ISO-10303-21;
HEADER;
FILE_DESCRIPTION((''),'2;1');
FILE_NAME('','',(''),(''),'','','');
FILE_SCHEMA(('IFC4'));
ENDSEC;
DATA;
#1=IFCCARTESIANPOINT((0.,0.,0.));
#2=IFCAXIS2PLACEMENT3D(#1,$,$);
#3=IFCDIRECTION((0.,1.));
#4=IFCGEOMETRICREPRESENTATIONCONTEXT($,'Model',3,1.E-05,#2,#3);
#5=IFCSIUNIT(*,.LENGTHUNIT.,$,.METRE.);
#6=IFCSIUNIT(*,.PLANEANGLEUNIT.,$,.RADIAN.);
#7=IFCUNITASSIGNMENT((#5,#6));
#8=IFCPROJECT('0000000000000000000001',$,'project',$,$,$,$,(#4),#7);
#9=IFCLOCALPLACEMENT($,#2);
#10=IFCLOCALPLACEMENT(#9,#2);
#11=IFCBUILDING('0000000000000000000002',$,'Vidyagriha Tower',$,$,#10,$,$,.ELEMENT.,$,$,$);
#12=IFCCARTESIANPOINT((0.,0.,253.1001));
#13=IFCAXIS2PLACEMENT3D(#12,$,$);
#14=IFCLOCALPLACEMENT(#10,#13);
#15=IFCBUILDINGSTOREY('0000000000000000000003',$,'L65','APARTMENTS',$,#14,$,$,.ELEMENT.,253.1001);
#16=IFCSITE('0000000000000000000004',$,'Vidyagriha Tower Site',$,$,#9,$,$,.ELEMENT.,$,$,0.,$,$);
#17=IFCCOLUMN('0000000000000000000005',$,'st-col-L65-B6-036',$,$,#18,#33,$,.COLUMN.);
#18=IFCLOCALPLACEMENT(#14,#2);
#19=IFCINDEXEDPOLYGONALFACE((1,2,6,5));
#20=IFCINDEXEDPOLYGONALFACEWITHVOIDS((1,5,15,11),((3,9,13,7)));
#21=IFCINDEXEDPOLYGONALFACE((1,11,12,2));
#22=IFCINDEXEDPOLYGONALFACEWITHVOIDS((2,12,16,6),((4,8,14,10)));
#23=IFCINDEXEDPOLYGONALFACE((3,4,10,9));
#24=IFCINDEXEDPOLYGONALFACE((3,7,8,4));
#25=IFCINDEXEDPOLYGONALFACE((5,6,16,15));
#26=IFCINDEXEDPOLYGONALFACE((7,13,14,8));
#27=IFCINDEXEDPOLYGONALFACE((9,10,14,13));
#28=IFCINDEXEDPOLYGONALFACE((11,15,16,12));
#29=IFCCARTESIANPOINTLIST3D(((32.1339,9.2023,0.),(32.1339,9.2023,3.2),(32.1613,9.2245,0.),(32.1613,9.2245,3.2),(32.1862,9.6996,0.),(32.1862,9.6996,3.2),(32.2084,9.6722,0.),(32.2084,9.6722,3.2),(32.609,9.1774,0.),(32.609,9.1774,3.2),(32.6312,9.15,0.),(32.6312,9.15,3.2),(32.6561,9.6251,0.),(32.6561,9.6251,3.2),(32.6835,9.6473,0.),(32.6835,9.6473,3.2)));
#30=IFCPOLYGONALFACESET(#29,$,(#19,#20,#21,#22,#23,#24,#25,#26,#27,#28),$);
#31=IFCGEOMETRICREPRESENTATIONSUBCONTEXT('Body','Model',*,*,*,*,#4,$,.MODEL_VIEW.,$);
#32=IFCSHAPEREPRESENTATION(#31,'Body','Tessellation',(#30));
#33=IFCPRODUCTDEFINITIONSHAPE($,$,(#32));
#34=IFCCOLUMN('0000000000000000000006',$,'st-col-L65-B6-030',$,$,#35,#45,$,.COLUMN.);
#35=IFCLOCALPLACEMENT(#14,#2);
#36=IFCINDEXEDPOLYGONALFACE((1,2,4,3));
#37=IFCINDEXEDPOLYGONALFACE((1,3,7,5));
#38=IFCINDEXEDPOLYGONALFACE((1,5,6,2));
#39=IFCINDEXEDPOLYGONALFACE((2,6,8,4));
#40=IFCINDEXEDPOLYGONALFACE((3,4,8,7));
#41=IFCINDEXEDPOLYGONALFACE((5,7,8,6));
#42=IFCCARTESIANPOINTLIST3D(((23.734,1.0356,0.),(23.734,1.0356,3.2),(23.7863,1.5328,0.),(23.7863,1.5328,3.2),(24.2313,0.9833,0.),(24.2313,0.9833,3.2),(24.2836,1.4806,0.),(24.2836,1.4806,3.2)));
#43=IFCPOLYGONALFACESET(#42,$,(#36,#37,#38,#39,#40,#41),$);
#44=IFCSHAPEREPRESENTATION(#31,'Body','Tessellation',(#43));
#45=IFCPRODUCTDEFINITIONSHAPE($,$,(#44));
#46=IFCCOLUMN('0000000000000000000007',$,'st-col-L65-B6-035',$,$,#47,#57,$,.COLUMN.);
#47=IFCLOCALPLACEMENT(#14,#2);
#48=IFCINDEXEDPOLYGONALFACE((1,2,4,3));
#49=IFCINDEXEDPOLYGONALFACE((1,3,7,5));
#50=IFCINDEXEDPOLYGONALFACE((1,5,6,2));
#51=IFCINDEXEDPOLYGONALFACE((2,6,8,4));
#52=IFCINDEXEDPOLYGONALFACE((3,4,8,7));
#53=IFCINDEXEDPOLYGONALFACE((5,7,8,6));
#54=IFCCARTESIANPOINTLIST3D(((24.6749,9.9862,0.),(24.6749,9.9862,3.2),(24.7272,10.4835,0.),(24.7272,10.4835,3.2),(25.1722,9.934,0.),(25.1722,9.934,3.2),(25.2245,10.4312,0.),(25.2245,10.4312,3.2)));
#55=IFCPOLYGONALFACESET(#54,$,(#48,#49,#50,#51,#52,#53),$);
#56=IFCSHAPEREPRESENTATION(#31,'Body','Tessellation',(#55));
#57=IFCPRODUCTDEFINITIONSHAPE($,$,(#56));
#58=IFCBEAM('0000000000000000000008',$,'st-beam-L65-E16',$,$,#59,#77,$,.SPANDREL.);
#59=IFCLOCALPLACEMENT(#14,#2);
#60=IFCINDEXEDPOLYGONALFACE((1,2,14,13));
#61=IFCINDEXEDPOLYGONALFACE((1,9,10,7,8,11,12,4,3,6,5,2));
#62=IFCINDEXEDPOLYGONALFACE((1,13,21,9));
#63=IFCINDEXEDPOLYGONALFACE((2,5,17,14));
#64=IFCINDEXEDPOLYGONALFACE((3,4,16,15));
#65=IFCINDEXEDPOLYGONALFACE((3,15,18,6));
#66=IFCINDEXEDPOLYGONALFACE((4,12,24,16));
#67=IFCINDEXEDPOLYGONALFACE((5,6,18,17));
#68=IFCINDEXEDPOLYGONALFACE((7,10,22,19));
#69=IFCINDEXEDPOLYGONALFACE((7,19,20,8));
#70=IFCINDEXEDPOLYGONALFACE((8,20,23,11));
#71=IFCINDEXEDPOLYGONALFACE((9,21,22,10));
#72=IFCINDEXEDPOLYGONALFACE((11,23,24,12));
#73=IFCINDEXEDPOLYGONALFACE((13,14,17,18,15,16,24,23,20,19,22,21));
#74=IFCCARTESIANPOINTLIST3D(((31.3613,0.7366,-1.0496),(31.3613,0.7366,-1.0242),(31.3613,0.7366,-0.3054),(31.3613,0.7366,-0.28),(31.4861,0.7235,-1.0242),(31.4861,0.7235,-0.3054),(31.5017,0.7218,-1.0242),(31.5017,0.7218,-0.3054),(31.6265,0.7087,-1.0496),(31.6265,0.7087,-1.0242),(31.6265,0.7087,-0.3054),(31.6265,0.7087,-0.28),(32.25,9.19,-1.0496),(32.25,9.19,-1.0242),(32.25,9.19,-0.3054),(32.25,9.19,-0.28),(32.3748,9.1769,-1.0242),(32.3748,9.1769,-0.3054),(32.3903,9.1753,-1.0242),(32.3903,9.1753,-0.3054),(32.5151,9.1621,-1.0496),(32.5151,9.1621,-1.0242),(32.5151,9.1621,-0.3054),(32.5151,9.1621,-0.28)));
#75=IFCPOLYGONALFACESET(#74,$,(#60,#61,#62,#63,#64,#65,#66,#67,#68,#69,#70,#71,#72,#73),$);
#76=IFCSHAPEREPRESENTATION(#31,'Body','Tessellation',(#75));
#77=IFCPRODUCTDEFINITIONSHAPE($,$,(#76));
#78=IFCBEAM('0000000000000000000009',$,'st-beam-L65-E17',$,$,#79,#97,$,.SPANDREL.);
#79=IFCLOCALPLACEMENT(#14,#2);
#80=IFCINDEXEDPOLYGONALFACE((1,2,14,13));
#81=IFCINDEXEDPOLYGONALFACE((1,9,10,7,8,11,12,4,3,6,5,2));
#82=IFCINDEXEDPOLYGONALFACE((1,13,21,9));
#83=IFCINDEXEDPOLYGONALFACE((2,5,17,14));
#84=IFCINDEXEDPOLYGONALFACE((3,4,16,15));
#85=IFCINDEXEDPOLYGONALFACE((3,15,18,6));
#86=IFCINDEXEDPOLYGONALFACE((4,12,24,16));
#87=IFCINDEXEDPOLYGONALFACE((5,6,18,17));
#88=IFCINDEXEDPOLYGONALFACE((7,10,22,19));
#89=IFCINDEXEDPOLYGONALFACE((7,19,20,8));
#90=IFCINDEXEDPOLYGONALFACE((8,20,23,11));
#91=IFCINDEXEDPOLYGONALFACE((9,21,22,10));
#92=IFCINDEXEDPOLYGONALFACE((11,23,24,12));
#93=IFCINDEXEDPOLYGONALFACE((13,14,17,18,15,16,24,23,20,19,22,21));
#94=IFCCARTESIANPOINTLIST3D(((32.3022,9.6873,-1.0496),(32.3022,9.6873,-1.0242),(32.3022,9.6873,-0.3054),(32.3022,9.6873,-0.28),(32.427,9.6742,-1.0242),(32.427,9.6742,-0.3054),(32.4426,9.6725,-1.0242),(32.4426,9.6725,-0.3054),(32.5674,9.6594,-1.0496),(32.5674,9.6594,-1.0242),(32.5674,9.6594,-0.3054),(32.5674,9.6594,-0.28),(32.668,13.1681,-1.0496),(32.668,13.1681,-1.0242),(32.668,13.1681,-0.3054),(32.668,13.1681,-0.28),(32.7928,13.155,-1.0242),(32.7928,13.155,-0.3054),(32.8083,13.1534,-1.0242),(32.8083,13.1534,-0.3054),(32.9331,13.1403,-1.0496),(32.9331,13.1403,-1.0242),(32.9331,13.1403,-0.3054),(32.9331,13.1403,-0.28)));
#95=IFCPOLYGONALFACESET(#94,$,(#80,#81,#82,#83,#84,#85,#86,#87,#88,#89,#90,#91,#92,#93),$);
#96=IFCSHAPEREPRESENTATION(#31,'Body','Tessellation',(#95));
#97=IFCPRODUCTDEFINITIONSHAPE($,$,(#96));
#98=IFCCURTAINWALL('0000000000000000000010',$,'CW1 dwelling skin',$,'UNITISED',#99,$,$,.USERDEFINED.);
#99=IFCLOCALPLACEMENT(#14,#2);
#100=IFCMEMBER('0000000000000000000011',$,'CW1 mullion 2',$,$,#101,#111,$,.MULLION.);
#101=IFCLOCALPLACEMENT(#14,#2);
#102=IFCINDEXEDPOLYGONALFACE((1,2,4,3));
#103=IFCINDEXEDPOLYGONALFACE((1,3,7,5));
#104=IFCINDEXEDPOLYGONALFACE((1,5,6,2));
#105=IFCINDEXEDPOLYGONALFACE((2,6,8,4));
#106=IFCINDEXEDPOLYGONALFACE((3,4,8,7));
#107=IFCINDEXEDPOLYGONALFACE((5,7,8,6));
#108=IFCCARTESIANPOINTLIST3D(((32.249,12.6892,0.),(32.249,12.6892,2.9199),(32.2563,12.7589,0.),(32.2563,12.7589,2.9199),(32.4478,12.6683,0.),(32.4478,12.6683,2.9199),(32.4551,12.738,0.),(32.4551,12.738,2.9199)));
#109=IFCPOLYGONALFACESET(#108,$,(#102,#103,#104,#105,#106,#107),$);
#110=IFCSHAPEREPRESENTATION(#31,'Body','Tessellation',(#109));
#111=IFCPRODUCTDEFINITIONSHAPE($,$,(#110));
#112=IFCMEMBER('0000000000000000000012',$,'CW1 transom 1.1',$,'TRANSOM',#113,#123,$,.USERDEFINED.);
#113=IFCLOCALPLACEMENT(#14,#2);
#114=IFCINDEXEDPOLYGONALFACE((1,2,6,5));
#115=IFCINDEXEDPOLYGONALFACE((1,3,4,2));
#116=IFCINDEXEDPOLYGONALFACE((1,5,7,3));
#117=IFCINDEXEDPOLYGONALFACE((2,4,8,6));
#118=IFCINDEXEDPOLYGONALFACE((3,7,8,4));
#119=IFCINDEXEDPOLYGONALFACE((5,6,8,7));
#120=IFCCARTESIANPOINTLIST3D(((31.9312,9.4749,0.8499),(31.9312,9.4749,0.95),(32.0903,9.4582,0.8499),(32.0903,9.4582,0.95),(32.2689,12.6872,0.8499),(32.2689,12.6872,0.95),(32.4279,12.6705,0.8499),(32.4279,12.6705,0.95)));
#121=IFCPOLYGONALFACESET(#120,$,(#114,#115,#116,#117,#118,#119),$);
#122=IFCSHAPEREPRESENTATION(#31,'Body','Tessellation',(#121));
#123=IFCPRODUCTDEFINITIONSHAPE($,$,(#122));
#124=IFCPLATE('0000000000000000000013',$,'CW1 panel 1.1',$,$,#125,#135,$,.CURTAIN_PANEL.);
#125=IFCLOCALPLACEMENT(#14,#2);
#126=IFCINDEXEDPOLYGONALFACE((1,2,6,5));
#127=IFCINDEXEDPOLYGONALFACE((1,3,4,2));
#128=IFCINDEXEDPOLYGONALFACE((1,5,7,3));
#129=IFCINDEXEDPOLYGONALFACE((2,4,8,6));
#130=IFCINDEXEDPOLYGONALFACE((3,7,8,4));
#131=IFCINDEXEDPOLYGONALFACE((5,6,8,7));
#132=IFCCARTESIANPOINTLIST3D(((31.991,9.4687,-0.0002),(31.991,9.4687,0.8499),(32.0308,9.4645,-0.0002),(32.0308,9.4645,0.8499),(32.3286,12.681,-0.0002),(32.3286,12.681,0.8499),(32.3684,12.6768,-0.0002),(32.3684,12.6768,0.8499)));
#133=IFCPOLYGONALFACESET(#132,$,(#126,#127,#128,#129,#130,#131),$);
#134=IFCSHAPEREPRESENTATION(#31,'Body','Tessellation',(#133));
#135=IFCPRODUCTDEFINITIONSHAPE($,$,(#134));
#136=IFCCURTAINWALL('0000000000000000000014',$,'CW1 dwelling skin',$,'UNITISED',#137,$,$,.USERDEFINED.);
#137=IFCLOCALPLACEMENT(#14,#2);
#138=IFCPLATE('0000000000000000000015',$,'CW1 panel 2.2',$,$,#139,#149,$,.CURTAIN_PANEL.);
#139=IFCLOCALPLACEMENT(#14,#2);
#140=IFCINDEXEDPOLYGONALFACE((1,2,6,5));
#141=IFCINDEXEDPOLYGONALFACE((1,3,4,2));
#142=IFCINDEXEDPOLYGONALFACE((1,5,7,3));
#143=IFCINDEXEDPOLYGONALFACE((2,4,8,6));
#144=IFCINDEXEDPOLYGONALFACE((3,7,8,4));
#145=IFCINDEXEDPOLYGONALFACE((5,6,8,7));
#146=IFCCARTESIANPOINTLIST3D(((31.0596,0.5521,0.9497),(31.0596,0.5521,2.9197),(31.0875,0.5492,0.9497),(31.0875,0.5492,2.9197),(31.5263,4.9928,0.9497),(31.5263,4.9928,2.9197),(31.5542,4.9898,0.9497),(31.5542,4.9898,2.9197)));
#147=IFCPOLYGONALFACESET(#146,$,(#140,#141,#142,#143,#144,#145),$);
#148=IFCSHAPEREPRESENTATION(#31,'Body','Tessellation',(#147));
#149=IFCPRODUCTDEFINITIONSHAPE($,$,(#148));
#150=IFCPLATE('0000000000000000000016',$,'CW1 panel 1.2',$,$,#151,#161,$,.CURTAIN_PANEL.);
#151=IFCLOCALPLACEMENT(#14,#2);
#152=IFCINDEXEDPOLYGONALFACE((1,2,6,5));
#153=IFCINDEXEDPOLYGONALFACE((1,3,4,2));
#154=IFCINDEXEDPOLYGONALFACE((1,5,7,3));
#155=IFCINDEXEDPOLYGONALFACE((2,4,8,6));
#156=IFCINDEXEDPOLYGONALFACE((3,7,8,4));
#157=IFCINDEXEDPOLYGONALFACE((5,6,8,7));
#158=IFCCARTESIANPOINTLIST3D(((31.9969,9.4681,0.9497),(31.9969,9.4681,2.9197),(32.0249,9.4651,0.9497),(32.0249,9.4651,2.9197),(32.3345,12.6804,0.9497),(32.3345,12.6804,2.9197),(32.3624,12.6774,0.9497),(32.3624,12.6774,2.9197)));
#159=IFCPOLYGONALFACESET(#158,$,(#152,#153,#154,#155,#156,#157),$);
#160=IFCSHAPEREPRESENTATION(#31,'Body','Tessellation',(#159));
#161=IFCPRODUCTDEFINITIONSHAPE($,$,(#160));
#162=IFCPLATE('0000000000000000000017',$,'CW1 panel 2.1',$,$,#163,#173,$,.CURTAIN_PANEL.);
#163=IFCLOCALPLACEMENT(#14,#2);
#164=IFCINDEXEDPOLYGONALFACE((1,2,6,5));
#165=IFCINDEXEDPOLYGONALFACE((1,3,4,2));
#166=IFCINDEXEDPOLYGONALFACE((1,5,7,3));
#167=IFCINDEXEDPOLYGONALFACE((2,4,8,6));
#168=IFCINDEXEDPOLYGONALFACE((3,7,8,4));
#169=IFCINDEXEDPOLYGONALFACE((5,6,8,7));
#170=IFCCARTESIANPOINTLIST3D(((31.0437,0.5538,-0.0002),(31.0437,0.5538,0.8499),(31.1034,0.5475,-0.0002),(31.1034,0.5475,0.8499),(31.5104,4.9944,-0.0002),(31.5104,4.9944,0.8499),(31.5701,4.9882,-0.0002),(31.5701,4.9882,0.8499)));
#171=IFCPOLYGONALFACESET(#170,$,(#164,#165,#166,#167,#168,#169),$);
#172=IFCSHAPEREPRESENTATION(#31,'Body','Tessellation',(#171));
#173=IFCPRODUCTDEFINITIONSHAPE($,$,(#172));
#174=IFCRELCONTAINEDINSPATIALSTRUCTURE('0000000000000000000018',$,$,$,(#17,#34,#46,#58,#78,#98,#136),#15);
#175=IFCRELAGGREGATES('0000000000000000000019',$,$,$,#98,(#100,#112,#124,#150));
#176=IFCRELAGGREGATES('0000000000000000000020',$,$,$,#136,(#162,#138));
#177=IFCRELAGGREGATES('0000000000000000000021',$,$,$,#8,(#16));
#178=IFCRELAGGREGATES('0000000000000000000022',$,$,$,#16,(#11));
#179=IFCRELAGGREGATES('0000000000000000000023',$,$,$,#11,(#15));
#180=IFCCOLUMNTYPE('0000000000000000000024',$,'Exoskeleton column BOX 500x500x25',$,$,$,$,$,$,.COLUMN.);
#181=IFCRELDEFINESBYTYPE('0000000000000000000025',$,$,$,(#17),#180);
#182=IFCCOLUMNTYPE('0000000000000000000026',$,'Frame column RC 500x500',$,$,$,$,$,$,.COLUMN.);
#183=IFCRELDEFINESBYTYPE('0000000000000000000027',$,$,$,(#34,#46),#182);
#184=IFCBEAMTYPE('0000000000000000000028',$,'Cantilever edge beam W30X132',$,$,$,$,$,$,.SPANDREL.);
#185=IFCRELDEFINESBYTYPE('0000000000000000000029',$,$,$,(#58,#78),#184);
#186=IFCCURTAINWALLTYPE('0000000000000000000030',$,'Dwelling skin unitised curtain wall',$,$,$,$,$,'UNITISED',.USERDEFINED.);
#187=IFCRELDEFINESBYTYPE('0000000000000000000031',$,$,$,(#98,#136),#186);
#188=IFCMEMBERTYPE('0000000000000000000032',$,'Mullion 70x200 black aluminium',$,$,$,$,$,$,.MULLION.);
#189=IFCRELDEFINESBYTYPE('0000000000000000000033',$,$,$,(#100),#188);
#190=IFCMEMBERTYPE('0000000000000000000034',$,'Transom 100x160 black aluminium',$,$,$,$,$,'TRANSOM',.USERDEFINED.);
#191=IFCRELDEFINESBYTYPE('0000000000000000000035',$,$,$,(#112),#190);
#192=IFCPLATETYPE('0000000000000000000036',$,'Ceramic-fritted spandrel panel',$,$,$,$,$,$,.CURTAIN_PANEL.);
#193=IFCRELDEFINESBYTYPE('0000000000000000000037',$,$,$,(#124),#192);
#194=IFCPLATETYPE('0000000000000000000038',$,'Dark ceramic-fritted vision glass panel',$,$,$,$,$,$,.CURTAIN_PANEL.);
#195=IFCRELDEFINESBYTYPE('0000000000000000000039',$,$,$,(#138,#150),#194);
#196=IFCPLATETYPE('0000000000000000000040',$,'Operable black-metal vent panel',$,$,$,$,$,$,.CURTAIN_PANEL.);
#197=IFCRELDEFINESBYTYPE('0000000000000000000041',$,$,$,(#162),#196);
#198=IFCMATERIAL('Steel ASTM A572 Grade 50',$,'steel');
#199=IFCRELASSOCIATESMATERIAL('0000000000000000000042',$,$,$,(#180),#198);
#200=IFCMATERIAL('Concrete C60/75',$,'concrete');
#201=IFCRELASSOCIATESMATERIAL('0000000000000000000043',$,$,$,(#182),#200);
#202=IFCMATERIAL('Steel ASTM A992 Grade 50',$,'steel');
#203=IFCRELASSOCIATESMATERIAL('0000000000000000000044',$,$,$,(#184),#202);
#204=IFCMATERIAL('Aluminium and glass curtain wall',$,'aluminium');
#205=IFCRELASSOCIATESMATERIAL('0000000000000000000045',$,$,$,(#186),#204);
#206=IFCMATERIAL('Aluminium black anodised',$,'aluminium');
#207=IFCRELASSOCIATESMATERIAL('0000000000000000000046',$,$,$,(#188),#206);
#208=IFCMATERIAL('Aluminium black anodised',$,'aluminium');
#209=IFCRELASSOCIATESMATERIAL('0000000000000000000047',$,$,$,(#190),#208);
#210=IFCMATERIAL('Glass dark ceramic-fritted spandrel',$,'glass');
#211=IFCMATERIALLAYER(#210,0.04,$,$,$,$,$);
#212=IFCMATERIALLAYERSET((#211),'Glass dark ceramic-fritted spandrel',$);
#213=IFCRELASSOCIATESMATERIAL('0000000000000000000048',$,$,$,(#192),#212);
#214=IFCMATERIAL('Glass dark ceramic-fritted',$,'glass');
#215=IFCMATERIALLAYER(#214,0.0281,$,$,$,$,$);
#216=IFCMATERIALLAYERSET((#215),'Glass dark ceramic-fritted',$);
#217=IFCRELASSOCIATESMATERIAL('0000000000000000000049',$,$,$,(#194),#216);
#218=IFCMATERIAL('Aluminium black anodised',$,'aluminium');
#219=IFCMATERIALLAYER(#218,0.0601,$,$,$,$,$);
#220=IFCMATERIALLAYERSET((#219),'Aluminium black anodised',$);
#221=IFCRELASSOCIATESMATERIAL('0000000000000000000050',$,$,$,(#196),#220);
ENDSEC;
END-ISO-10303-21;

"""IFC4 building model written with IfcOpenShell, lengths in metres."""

from ifc_helpers import new_model, si_unit, direction, frame, origin, origin_2d, place, context, subcontext, project, spatial, rectangle, hollow_rectangle, i_section, extrude, material, layer, layer_set, material_profile, profile_set, type_object, element, aggregate, save


model = new_model("IFC4")

# Units and contexts
model_context = context("Model", 3, precision=1e-05, world=origin(), true_north=direction((0.0, 1.0)))
body_context = subcontext(model_context, "Body", "Model", "MODEL_VIEW")
ifc_project = project(units=[si_unit("LENGTHUNIT", "METRE"), si_unit("PLANEANGLEUNIT", "RADIAN")], contexts=[model_context])

# Site, building, storey
site_placement = place(None, origin())
site = spatial("IfcSite", under=ifc_project, at=site_placement, Name="Vidyagriha Tower Site", CompositionType="ELEMENT", RefElevation=0.0)
building_placement = place(site_placement, origin())
building = spatial("IfcBuilding", under=site, at=building_placement, Name="Vidyagriha Tower", CompositionType="ELEMENT")
storey_placement = place(building_placement, frame((0.0, 0.0, 253.1001)))
storey = spatial("IfcBuildingStorey", under=building, at=storey_placement, Name="L65", Description="APARTMENTS", CompositionType="ELEMENT", Elevation=253.1001)

# Columns
ifc_material_1 = material(Name="Steel ASTM A572 Grade 50", Category="steel")
ifc_material_profile_1 = material_profile(ifc_material_1, hollow_rectangle(XDim=0.5, YDim=0.5, WallThickness=0.0249, at=origin_2d()), Name="BOX 500x500x25")
ifc_profile_set_1 = profile_set([ifc_material_profile_1], Name="Steel ASTM A572 Grade 50")
column_type_1 = type_object("IfcColumnType", Name="Exoskeleton column BOX 500x500x25", PredefinedType="COLUMN", material=ifc_profile_set_1)
column_placement = place(storey_placement, frame((32.4087, 9.4248, 0.0), z_axis=(0.0, 0.0, 1.0), x_axis=(0.994522, -0.104528, 0.0)))
element("IfcColumn", 1, at=column_placement, inside=storey, type_object=column_type_1, Name="st-col-L65-B6-036", PredefinedType="COLUMN", context=body_context, shape_type="SweptSolid", body=[
    extrude(hollow_rectangle(XDim=0.5, YDim=0.5, WallThickness=0.0249, at=origin_2d()), origin(), (0.0, 0.0, 1.0), 3.2),
])
ifc_material_2 = material(Name="Concrete C60/75", Category="concrete")
ifc_material_profile_2 = material_profile(ifc_material_2, rectangle(XDim=0.5, YDim=0.5, at=origin_2d()), Name="RC 500x500")
ifc_profile_set_2 = profile_set([ifc_material_profile_2], Name="Concrete C60/75")
column_type_2 = type_object("IfcColumnType", Name="Frame column RC 500x500", PredefinedType="COLUMN", material=ifc_profile_set_2)
for number, where, z_axis, x_axis, name in (
    (2, (24.0088, 1.2581, 0.0), (0.0, 0.0, 1.0), (0.994522, -0.104528, 0.0), "st-col-L65-B6-030"),
    (3, (24.9497, 10.2087, 0.0), (0.0, 0.0, 1.0), (0.994522, -0.104528, 0.0), "st-col-L65-B6-035"),
):
    element("IfcColumn", number, at=place(storey_placement, frame(where, z_axis=z_axis, x_axis=x_axis)), inside=storey, type_object=column_type_2, Name=name, PredefinedType="COLUMN", context=body_context, shape_type="SweptSolid", body=[
        extrude(rectangle(XDim=0.5, YDim=0.5, at=origin_2d()), origin(), (0.0, 0.0, 1.0), 3.2),
    ])

# Beams
ifc_material_3 = material(Name="Steel ASTM A992 Grade 50", Category="steel")
ifc_material_profile_3 = material_profile(ifc_material_3, i_section(OverallWidth=0.2666, OverallDepth=0.7695, WebThickness=0.0156, FlangeThickness=0.0254, at=origin_2d()), Name="W30X132")
ifc_profile_set_3 = profile_set([ifc_material_profile_3], Name="Steel ASTM A992 Grade 50")
beam_type = type_object("IfcBeamType", Name="Cantilever edge beam W30X132", PredefinedType="SPANDREL", material=ifc_profile_set_3)
beam_1_placement = place(storey_placement, frame((31.4939, 0.7227, -0.6648), z_axis=(0.10455, 0.99452, 0.0), x_axis=(-0.99452, 0.10455, 0.0)))
element("IfcBeam", 4, at=beam_1_placement, inside=storey, type_object=beam_type, Name="st-beam-L65-E16", PredefinedType="SPANDREL", context=body_context, shape_type="SweptSolid", body=[
    extrude(i_section(OverallWidth=0.2666, OverallDepth=0.7695, WebThickness=0.0156, FlangeThickness=0.0254, at=origin_2d()), origin(), (0.0, 0.0, 1.0), 8.5),
])
beam_2_placement = place(storey_placement, frame((32.4348, 9.6733, -0.6648), z_axis=(0.104489, 0.994526, 0.0), x_axis=(-0.994526, 0.104489, 0.0)))
element("IfcBeam", 5, at=beam_2_placement, inside=storey, type_object=beam_type, Name="st-beam-L65-E17", PredefinedType="SPANDREL", context=body_context, shape_type="SweptSolid", body=[
    extrude(i_section(OverallWidth=0.2666, OverallDepth=0.7695, WebThickness=0.0156, FlangeThickness=0.0254, at=origin_2d()), origin(), (0.0, 0.0, 1.0), 3.5),
])

# Curtain wall, members, plate
ifc_material_4 = material(Name="Aluminium and glass curtain wall", Category="aluminium")
curtain_wall_type = type_object("IfcCurtainWallType", Name="Dwelling skin unitised curtain wall", ElementType="UNITISED", PredefinedType="USERDEFINED", material=ifc_material_4)
curtain_wall_1_placement = place(storey_placement, origin())
curtain_wall_1 = element("IfcCurtainWall", 6, at=curtain_wall_1_placement, inside=storey, type_object=curtain_wall_type, Name="CW1 dwelling skin", ObjectType="UNITISED", PredefinedType="USERDEFINED")
ifc_material_5 = material(Name="Aluminium black anodised", Category="aluminium")
ifc_material_profile_4 = material_profile(ifc_material_5, rectangle(XDim=0.2, YDim=0.0701, at=origin_2d()), Name="Mullion 70x200 black aluminium")
ifc_profile_set_4 = profile_set([ifc_material_profile_4], Name="Aluminium black anodised")
member_type_1 = type_object("IfcMemberType", Name="Mullion 70x200 black aluminium", PredefinedType="MULLION", material=ifc_profile_set_4)
member_1_placement = place(storey_placement, frame((32.3521, 12.7136, 0.0), z_axis=(0.0, 0.0, 1.0), x_axis=(-0.994523, 0.104516, 0.0)))
member_1 = element("IfcMember", 7, at=member_1_placement, type_object=member_type_1, Name="CW1 mullion 2", PredefinedType="MULLION", context=body_context, shape_type="SweptSolid", body=[
    extrude(rectangle(XDim=0.2, YDim=0.0701, at=origin_2d()), origin(), (0.0, 0.0, 1.0), 2.9199),
])
ifc_material_6 = material(Name="Aluminium black anodised", Category="aluminium")
ifc_material_profile_5 = material_profile(ifc_material_6, rectangle(XDim=0.1599, YDim=0.1001, at=origin_2d()), Name="Transom 100x160 black aluminium")
ifc_profile_set_5 = profile_set([ifc_material_profile_5], Name="Aluminium black anodised")
member_type_2 = type_object("IfcMemberType", Name="Transom 100x160 black aluminium", ElementType="TRANSOM", PredefinedType="USERDEFINED", material=ifc_profile_set_5)
member_2_placement = place(storey_placement, frame((32.0107, 9.4666, 0.8999), z_axis=(0.104531, 0.994522, 0.0), x_axis=(-0.994522, 0.104531, 0.0)))
member_2 = element("IfcMember", 8, at=member_2_placement, type_object=member_type_2, Name="CW1 transom 1.1", ObjectType="TRANSOM", PredefinedType="USERDEFINED", context=body_context, shape_type="SweptSolid", body=[
    extrude(rectangle(XDim=0.1599, YDim=0.1001, at=origin_2d()), origin(), (0.0, 0.0, 1.0), 3.23),
])
ifc_material_7 = material(Name="Glass dark ceramic-fritted spandrel", Category="glass")
ifc_layer_1 = layer(ifc_material_7, 0.04)
ifc_layer_set_1 = layer_set([ifc_layer_1], Name="Glass dark ceramic-fritted spandrel")
plate_type_1 = type_object("IfcPlateType", Name="Ceramic-fritted spandrel panel", PredefinedType="CURTAIN_PANEL", material=ifc_layer_set_1)
plate_1_placement = place(storey_placement, frame((32.1797, 11.0728, -0.0002), z_axis=(0.0, 0.0, 1.0), x_axis=(0.104516, 0.994523, 0.0)))
plate_1 = element("IfcPlate", 9, at=plate_1_placement, type_object=plate_type_1, Name="CW1 panel 1.1", PredefinedType="CURTAIN_PANEL", context=body_context, shape_type="SweptSolid", body=[
    extrude(rectangle(XDim=3.23, YDim=0.04, at=origin_2d()), origin(), (0.0, 0.0, 1.0), 0.8501),
])

# Curtain wall, plate
curtain_wall_2_placement = place(storey_placement, origin())
curtain_wall_2 = element("IfcCurtainWall", 10, at=curtain_wall_2_placement, inside=storey, type_object=curtain_wall_type, Name="CW1 dwelling skin", ObjectType="UNITISED", PredefinedType="USERDEFINED")
ifc_material_8 = material(Name="Glass dark ceramic-fritted", Category="glass")
ifc_layer_2 = layer(ifc_material_8, 0.0281)
ifc_layer_set_2 = layer_set([ifc_layer_2], Name="Glass dark ceramic-fritted")
plate_type_2 = type_object("IfcPlateType", Name="Dark ceramic-fritted vision glass panel", PredefinedType="CURTAIN_PANEL", material=ifc_layer_set_2)
plate_2_placement = place(storey_placement, frame((31.3069, 2.771, 0.9497), z_axis=(0.0, 0.0, 1.0), x_axis=(0.10453, 0.994522, 0.0)))
plate_2 = element("IfcPlate", 11, at=plate_2_placement, type_object=plate_type_2, Name="CW1 panel 2.2", PredefinedType="CURTAIN_PANEL", context=body_context, shape_type="SweptSolid", body=[
    extrude(rectangle(XDim=4.4651, YDim=0.0281, at=origin_2d()), origin(), (0.0, 0.0, 1.0), 1.97),
])

# Plates
plate_3_placement = place(storey_placement, frame((32.1797, 11.0728, 0.9497), z_axis=(0.0, 0.0, 1.0), x_axis=(0.104516, 0.994523, 0.0)))
plate_3 = element("IfcPlate", 12, at=plate_3_placement, type_object=plate_type_2, Name="CW1 panel 1.2", PredefinedType="CURTAIN_PANEL", context=body_context, shape_type="SweptSolid", body=[
    extrude(rectangle(XDim=3.23, YDim=0.0281, at=origin_2d()), origin(), (0.0, 0.0, 1.0), 1.97),
])
aggregate(curtain_wall_1, [member_1, member_2, plate_1, plate_3])
ifc_material_9 = material(Name="Aluminium black anodised", Category="aluminium")
ifc_layer_3 = layer(ifc_material_9, 0.0601)
ifc_layer_set_3 = layer_set([ifc_layer_3], Name="Aluminium black anodised")
plate_type_3 = type_object("IfcPlateType", Name="Operable black-metal vent panel", PredefinedType="CURTAIN_PANEL", material=ifc_layer_set_3)
plate_4_placement = place(storey_placement, frame((31.3069, 2.771, -0.0002), z_axis=(0.0, 0.0, 1.0), x_axis=(0.10453, 0.994522, 0.0)))
plate_4 = element("IfcPlate", 13, at=plate_4_placement, type_object=plate_type_3, Name="CW1 panel 2.1", PredefinedType="CURTAIN_PANEL", context=body_context, shape_type="SweptSolid", body=[
    extrude(rectangle(XDim=4.4651, YDim=0.0601, at=origin_2d()), origin(), (0.0, 0.0, 1.0), 0.8501),
])
aggregate(curtain_wall_2, [plate_4, plate_2])

save(model, "model.ifc")
